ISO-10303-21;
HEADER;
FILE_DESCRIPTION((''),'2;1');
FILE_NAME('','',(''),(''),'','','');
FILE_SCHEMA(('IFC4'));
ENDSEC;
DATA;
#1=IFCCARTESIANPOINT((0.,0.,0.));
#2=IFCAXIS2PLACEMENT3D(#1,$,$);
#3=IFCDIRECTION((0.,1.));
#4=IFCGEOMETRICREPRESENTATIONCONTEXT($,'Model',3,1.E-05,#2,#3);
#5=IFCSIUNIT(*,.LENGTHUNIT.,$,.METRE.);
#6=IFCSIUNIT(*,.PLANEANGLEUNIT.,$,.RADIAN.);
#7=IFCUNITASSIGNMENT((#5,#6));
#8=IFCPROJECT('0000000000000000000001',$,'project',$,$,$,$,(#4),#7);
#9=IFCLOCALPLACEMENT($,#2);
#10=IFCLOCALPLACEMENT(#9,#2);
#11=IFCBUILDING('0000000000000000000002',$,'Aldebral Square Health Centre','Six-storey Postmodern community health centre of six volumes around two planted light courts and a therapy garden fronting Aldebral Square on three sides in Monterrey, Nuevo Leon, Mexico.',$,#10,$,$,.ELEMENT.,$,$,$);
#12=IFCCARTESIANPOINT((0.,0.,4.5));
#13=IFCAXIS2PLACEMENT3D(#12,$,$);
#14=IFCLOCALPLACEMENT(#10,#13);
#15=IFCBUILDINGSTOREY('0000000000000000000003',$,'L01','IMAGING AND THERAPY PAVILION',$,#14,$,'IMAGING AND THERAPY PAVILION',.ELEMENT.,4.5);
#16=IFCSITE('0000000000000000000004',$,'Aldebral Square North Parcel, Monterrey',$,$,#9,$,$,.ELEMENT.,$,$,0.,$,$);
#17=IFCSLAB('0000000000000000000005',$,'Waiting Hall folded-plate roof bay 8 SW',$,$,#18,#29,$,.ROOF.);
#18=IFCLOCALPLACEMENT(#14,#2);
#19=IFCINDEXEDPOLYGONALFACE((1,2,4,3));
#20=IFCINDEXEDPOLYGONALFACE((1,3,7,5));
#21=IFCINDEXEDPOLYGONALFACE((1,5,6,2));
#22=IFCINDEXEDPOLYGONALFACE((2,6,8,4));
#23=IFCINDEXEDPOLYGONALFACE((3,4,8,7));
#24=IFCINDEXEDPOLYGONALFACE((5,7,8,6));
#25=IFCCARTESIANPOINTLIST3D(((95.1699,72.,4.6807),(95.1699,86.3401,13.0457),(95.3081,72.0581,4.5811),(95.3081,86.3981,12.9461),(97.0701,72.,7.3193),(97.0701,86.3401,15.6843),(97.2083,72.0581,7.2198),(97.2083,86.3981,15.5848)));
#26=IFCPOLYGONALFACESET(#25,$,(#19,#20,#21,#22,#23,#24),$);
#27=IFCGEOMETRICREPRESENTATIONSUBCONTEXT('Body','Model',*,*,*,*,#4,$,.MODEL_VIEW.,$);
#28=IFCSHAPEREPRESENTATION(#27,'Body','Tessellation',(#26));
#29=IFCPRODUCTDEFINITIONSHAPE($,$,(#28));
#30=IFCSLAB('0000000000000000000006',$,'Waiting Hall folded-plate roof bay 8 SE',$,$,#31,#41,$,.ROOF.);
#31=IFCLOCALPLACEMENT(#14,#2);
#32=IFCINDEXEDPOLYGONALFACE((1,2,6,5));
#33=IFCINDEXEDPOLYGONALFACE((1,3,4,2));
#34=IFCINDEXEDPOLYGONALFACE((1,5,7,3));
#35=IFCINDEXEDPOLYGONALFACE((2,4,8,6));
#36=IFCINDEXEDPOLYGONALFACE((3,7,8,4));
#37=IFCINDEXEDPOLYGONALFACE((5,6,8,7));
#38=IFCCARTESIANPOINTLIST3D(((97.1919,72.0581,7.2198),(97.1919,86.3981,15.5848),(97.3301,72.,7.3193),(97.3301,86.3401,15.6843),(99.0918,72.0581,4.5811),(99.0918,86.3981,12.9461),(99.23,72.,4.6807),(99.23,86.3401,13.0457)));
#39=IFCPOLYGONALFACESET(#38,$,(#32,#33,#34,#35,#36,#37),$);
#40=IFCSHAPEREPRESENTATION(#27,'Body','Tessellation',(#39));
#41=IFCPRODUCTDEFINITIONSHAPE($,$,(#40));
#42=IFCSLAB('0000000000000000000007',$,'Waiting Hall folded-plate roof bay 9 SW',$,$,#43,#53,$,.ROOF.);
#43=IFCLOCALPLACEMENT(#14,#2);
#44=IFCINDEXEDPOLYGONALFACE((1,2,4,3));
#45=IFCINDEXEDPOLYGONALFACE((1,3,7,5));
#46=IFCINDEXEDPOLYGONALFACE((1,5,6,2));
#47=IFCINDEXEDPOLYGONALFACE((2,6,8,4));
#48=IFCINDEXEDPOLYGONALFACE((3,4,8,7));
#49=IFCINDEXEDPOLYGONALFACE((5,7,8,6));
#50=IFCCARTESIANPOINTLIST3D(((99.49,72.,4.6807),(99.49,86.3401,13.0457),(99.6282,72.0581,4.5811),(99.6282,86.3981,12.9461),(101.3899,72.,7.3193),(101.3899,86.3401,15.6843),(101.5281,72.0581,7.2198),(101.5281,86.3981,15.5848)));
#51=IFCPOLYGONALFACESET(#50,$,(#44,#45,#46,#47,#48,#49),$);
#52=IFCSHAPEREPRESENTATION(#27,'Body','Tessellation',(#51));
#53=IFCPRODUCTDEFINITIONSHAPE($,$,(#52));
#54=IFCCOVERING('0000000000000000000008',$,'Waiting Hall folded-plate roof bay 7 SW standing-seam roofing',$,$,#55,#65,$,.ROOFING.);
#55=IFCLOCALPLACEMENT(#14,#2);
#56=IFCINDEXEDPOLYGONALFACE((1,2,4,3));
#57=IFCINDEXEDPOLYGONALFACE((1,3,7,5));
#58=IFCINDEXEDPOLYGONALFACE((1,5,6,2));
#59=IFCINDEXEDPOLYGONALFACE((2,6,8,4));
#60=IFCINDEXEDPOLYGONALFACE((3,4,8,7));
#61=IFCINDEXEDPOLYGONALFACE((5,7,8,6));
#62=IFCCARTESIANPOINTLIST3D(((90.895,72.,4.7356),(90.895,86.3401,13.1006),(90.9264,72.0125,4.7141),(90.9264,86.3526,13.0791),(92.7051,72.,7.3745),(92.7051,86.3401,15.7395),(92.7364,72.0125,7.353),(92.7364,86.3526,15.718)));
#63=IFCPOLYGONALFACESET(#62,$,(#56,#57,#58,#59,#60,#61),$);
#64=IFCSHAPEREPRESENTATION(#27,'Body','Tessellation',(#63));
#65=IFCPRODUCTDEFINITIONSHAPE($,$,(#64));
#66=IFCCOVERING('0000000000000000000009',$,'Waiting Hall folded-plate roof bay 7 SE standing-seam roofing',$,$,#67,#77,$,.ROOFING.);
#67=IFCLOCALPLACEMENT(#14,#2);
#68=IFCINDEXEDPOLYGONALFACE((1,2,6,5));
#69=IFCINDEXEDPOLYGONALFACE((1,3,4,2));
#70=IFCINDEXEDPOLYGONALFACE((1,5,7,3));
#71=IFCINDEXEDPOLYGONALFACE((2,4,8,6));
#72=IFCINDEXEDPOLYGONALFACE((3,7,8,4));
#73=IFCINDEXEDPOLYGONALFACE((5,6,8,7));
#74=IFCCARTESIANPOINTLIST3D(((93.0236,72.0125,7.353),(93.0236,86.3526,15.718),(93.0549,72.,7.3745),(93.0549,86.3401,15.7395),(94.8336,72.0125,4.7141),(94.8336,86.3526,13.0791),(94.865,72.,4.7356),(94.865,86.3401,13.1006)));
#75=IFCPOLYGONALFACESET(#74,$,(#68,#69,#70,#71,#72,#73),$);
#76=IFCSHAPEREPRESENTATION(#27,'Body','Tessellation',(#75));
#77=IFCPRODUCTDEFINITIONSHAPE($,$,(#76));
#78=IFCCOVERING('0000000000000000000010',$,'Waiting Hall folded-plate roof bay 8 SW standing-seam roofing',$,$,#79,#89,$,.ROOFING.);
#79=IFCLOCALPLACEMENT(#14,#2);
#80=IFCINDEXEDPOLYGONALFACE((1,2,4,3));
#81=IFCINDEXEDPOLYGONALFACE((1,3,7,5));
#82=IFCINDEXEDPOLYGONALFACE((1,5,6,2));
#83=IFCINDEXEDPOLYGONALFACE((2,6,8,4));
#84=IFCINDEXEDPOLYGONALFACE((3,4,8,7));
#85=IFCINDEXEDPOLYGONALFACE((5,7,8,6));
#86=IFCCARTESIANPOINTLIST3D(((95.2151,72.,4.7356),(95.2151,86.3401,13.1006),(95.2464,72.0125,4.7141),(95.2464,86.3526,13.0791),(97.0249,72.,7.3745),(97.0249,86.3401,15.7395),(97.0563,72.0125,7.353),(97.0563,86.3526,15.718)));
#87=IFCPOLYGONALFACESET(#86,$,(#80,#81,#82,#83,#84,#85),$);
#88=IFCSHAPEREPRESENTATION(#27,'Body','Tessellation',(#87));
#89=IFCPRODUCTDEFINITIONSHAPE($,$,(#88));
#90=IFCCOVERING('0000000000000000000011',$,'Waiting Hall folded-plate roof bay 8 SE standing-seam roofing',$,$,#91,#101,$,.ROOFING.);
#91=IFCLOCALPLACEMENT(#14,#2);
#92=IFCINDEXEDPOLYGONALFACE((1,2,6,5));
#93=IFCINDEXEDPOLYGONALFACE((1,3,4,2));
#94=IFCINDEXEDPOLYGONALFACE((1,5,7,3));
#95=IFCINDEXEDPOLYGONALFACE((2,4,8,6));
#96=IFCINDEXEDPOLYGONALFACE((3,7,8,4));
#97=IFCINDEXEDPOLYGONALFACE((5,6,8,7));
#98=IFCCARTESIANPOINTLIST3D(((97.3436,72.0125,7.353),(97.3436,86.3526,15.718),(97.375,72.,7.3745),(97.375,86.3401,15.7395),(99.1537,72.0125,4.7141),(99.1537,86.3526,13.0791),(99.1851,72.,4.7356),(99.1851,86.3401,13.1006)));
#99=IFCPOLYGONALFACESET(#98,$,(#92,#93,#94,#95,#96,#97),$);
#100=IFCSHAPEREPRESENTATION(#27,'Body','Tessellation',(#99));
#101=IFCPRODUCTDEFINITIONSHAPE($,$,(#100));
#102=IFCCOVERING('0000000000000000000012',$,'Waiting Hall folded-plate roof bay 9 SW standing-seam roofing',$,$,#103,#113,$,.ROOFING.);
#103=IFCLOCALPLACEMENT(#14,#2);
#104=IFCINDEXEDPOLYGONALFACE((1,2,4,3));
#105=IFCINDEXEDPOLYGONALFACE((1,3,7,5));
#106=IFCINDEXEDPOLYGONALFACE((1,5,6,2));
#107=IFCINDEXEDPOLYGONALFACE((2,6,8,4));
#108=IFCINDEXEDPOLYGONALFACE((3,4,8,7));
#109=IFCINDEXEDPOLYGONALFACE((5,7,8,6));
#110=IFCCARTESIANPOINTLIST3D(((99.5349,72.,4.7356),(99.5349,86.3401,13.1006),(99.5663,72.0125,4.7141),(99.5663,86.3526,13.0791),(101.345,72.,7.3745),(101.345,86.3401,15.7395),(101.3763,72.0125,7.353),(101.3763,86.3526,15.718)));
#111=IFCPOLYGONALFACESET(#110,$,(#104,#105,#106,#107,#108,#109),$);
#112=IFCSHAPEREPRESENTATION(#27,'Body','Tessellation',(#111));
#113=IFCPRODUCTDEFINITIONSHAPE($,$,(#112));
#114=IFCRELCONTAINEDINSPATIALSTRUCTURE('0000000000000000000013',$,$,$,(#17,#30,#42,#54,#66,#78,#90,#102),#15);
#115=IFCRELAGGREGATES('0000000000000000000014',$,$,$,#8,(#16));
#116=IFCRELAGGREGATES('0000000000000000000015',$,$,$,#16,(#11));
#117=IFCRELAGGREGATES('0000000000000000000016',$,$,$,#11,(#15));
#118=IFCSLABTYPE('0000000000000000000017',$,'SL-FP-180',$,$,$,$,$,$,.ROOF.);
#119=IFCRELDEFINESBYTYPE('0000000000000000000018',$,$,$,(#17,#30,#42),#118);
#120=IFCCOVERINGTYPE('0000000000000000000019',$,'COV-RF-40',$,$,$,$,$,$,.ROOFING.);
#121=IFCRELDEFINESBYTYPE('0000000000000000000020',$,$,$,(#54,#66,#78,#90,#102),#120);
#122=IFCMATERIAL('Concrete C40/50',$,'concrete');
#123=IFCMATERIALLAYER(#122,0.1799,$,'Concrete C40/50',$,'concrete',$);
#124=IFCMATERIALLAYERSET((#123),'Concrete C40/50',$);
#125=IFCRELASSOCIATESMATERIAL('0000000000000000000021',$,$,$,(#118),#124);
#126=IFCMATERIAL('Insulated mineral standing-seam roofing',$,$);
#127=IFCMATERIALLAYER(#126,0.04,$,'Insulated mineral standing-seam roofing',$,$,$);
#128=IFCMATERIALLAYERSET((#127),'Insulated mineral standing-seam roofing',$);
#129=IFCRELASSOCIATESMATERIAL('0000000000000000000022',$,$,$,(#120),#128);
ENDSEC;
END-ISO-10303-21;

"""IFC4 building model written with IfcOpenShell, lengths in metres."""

from ifc_helpers import new_model, si_unit, direction, frame, origin, place, context, subcontext, project, spatial, polyline, outline, extrude, material, layer, layer_set, type_object, element, save


model = new_model("IFC4")

# Units and contexts
model_context = context("Model", 3, precision=1e-05, world=origin(), true_north=direction((0.0, 1.0)))
body_context = subcontext(model_context, "Body", "Model", "MODEL_VIEW")
ifc_project = project(units=[si_unit("LENGTHUNIT", "METRE"), si_unit("PLANEANGLEUNIT", "RADIAN")], contexts=[model_context])

# Site, building, storey
site_placement = place(None, origin())
site = spatial("IfcSite", under=ifc_project, at=site_placement, Name="Aldebral Square North Parcel, Monterrey", CompositionType="ELEMENT", RefElevation=0.0)
building_placement = place(site_placement, origin())
building = spatial("IfcBuilding", under=site, at=building_placement, Name="Aldebral Square Health Centre", Description="Six-storey Postmodern community health centre of six volumes around two planted light courts and a therapy garden fronting Aldebral Square on three sides in Monterrey, Nuevo Leon, Mexico.", CompositionType="ELEMENT")
storey_placement = place(building_placement, frame((0.0, 0.0, 4.5)))
storey = spatial("IfcBuildingStorey", under=building, at=storey_placement, Name="L01", Description="IMAGING AND THERAPY PAVILION", LongName="IMAGING AND THERAPY PAVILION", CompositionType="ELEMENT", Elevation=4.5)

# Shared definitions
ifc_material_1 = material(Name="Concrete C40/50", Category="concrete")

# Slabs
ifc_layer_1 = layer(ifc_material_1, 0.1799, Name="Concrete C40/50", Category="concrete")
ifc_layer_set_1 = layer_set([ifc_layer_1], Name="Concrete C40/50")
slab_type = type_object("IfcSlabType", Name="SL-FP-180", PredefinedType="ROOF", material=ifc_layer_set_1)
slab_1_placement = place(storey_placement, frame((95.1699, 72.0, 4.6807), z_axis=(-0.768091, -0.322647, 0.553114), x_axis=(0.584366, 0.0, 0.81149)))
element("IfcSlab", 1, at=slab_1_placement, inside=storey, type_object=slab_type, Name="Waiting Hall folded-plate roof bay 8 SW", PredefinedType="ROOF", context=body_context, shape_type="SweptSolid", body=[
    extrude(outline(polyline([(0.0, 0.0), (3.2516, 0.0), (10.0397, 15.1503), (6.7881, 15.1503), (0.0, 0.0)])), origin(), (0.0, 0.0, -1.0), 0.1799),
])
slab_2_placement = place(storey_placement, frame((97.3301, 72.0, 7.3193), z_axis=(0.768132, -0.322623, 0.553072), x_axis=(0.584317, 0.0, -0.811526)))
element("IfcSlab", 2, at=slab_2_placement, inside=storey, type_object=slab_type, Name="Waiting Hall folded-plate roof bay 8 SE", PredefinedType="ROOF", context=body_context, shape_type="SweptSolid", body=[
    extrude(outline(polyline([(0.0, 0.0), (3.2515, 0.0), (-3.5369, 15.1502), (-6.7884, 15.1502), (0.0, 0.0)])), origin(), (0.0, 0.0, -1.0), 0.1799),
])
slab_3_placement = place(storey_placement, frame((99.49, 72.0, 4.6807), z_axis=(-0.768132, -0.322623, 0.553072), x_axis=(0.584317, 0.0, 0.811526)))
element("IfcSlab", 3, at=slab_3_placement, inside=storey, type_object=slab_type, Name="Waiting Hall folded-plate roof bay 9 SW", PredefinedType="ROOF", context=body_context, shape_type="SweptSolid", body=[
    extrude(outline(polyline([(0.0, 0.0), (3.2515, 0.0), (10.0399, 15.1502), (6.7884, 15.1502), (0.0, 0.0)])), origin(), (0.0, 0.0, -1.0), 0.1799),
])

# Coverings
ifc_material_2 = material(Name="Insulated mineral standing-seam roofing")
ifc_layer_2 = layer(ifc_material_2, 0.04, Name="Insulated mineral standing-seam roofing")
ifc_layer_set_2 = layer_set([ifc_layer_2], Name="Insulated mineral standing-seam roofing")
covering_type_1 = type_object("IfcCoveringType", Name="COV-RF-40", PredefinedType="ROOFING", material=ifc_layer_set_2)
covering_1_placement = place(storey_placement, frame((90.895, 72.0, 4.7356), z_axis=(-0.783126, -0.313337, 0.537154), x_axis=(0.565638, 0.0, 0.824654)))
element("IfcCovering", 4, at=covering_1_placement, inside=storey, type_object=covering_type_1, Name="Waiting Hall folded-plate roof bay 7 SW standing-seam roofing", PredefinedType="ROOFING", context=body_context, shape_type="SweptSolid", body=[
    extrude(outline(polyline([(0.0, 0.0), (3.2, 0.0), (10.0982, 15.1005), (6.8982, 15.1005), (0.0, 0.0)])), origin(), (0.0, 0.0, -1.0), 0.04),
])
covering_2_placement = place(storey_placement, frame((93.0549, 72.0, 7.3745), z_axis=(0.783126, -0.313337, 0.537154), x_axis=(0.565638, 0.0, -0.824654)))
element("IfcCovering", 5, at=covering_2_placement, inside=storey, type_object=covering_type_1, Name="Waiting Hall folded-plate roof bay 7 SE standing-seam roofing", PredefinedType="ROOFING", context=body_context, shape_type="SweptSolid", body=[
    extrude(outline(polyline([(0.0, 0.0), (3.2, 0.0), (-3.6982, 15.1005), (-6.8982, 15.1005), (0.0, 0.0)])), origin(), (0.0, 0.0, -1.0), 0.04),
])
covering_3_placement = place(storey_placement, frame((95.2151, 72.0, 4.7356), z_axis=(-0.783166, -0.313311, 0.537109), x_axis=(0.565586, 0.0, 0.824689)))
element("IfcCovering", 6, at=covering_3_placement, inside=storey, type_object=covering_type_1, Name="Waiting Hall folded-plate roof bay 8 SW standing-seam roofing", PredefinedType="ROOFING", context=body_context, shape_type="SweptSolid", body=[
    extrude(outline(polyline([(0.0, 0.0), (3.1999, 0.0), (10.0984, 15.1004), (6.8985, 15.1004), (0.0, 0.0)])), origin(), (0.0, 0.0, -1.0), 0.04),
])
covering_4_placement = place(storey_placement, frame((97.375, 72.0, 7.3745), z_axis=(0.783126, -0.313337, 0.537154), x_axis=(0.565638, 0.0, -0.824654)))
element("IfcCovering", 7, at=covering_4_placement, inside=storey, type_object=covering_type_1, Name="Waiting Hall folded-plate roof bay 8 SE standing-seam roofing", PredefinedType="ROOFING", context=body_context, shape_type="SweptSolid", body=[
    extrude(outline(polyline([(0.0, 0.0), (3.2, 0.0), (-3.6982, 15.1005), (-6.8982, 15.1005), (0.0, 0.0)])), origin(), (0.0, 0.0, -1.0), 0.04),
])
covering_5_placement = place(storey_placement, frame((99.5349, 72.0, 4.7356), z_axis=(-0.783126, -0.313337, 0.537154), x_axis=(0.565638, 0.0, 0.824654)))
element("IfcCovering", 8, at=covering_5_placement, inside=storey, type_object=covering_type_1, Name="Waiting Hall folded-plate roof bay 9 SW standing-seam roofing", PredefinedType="ROOFING", context=body_context, shape_type="SweptSolid", body=[
    extrude(outline(polyline([(0.0, 0.0), (3.2, 0.0), (10.0982, 15.1005), (6.8982, 15.1005), (0.0, 0.0)])), origin(), (0.0, 0.0, -1.0), 0.04),
])

save(model, "model.ifc")
